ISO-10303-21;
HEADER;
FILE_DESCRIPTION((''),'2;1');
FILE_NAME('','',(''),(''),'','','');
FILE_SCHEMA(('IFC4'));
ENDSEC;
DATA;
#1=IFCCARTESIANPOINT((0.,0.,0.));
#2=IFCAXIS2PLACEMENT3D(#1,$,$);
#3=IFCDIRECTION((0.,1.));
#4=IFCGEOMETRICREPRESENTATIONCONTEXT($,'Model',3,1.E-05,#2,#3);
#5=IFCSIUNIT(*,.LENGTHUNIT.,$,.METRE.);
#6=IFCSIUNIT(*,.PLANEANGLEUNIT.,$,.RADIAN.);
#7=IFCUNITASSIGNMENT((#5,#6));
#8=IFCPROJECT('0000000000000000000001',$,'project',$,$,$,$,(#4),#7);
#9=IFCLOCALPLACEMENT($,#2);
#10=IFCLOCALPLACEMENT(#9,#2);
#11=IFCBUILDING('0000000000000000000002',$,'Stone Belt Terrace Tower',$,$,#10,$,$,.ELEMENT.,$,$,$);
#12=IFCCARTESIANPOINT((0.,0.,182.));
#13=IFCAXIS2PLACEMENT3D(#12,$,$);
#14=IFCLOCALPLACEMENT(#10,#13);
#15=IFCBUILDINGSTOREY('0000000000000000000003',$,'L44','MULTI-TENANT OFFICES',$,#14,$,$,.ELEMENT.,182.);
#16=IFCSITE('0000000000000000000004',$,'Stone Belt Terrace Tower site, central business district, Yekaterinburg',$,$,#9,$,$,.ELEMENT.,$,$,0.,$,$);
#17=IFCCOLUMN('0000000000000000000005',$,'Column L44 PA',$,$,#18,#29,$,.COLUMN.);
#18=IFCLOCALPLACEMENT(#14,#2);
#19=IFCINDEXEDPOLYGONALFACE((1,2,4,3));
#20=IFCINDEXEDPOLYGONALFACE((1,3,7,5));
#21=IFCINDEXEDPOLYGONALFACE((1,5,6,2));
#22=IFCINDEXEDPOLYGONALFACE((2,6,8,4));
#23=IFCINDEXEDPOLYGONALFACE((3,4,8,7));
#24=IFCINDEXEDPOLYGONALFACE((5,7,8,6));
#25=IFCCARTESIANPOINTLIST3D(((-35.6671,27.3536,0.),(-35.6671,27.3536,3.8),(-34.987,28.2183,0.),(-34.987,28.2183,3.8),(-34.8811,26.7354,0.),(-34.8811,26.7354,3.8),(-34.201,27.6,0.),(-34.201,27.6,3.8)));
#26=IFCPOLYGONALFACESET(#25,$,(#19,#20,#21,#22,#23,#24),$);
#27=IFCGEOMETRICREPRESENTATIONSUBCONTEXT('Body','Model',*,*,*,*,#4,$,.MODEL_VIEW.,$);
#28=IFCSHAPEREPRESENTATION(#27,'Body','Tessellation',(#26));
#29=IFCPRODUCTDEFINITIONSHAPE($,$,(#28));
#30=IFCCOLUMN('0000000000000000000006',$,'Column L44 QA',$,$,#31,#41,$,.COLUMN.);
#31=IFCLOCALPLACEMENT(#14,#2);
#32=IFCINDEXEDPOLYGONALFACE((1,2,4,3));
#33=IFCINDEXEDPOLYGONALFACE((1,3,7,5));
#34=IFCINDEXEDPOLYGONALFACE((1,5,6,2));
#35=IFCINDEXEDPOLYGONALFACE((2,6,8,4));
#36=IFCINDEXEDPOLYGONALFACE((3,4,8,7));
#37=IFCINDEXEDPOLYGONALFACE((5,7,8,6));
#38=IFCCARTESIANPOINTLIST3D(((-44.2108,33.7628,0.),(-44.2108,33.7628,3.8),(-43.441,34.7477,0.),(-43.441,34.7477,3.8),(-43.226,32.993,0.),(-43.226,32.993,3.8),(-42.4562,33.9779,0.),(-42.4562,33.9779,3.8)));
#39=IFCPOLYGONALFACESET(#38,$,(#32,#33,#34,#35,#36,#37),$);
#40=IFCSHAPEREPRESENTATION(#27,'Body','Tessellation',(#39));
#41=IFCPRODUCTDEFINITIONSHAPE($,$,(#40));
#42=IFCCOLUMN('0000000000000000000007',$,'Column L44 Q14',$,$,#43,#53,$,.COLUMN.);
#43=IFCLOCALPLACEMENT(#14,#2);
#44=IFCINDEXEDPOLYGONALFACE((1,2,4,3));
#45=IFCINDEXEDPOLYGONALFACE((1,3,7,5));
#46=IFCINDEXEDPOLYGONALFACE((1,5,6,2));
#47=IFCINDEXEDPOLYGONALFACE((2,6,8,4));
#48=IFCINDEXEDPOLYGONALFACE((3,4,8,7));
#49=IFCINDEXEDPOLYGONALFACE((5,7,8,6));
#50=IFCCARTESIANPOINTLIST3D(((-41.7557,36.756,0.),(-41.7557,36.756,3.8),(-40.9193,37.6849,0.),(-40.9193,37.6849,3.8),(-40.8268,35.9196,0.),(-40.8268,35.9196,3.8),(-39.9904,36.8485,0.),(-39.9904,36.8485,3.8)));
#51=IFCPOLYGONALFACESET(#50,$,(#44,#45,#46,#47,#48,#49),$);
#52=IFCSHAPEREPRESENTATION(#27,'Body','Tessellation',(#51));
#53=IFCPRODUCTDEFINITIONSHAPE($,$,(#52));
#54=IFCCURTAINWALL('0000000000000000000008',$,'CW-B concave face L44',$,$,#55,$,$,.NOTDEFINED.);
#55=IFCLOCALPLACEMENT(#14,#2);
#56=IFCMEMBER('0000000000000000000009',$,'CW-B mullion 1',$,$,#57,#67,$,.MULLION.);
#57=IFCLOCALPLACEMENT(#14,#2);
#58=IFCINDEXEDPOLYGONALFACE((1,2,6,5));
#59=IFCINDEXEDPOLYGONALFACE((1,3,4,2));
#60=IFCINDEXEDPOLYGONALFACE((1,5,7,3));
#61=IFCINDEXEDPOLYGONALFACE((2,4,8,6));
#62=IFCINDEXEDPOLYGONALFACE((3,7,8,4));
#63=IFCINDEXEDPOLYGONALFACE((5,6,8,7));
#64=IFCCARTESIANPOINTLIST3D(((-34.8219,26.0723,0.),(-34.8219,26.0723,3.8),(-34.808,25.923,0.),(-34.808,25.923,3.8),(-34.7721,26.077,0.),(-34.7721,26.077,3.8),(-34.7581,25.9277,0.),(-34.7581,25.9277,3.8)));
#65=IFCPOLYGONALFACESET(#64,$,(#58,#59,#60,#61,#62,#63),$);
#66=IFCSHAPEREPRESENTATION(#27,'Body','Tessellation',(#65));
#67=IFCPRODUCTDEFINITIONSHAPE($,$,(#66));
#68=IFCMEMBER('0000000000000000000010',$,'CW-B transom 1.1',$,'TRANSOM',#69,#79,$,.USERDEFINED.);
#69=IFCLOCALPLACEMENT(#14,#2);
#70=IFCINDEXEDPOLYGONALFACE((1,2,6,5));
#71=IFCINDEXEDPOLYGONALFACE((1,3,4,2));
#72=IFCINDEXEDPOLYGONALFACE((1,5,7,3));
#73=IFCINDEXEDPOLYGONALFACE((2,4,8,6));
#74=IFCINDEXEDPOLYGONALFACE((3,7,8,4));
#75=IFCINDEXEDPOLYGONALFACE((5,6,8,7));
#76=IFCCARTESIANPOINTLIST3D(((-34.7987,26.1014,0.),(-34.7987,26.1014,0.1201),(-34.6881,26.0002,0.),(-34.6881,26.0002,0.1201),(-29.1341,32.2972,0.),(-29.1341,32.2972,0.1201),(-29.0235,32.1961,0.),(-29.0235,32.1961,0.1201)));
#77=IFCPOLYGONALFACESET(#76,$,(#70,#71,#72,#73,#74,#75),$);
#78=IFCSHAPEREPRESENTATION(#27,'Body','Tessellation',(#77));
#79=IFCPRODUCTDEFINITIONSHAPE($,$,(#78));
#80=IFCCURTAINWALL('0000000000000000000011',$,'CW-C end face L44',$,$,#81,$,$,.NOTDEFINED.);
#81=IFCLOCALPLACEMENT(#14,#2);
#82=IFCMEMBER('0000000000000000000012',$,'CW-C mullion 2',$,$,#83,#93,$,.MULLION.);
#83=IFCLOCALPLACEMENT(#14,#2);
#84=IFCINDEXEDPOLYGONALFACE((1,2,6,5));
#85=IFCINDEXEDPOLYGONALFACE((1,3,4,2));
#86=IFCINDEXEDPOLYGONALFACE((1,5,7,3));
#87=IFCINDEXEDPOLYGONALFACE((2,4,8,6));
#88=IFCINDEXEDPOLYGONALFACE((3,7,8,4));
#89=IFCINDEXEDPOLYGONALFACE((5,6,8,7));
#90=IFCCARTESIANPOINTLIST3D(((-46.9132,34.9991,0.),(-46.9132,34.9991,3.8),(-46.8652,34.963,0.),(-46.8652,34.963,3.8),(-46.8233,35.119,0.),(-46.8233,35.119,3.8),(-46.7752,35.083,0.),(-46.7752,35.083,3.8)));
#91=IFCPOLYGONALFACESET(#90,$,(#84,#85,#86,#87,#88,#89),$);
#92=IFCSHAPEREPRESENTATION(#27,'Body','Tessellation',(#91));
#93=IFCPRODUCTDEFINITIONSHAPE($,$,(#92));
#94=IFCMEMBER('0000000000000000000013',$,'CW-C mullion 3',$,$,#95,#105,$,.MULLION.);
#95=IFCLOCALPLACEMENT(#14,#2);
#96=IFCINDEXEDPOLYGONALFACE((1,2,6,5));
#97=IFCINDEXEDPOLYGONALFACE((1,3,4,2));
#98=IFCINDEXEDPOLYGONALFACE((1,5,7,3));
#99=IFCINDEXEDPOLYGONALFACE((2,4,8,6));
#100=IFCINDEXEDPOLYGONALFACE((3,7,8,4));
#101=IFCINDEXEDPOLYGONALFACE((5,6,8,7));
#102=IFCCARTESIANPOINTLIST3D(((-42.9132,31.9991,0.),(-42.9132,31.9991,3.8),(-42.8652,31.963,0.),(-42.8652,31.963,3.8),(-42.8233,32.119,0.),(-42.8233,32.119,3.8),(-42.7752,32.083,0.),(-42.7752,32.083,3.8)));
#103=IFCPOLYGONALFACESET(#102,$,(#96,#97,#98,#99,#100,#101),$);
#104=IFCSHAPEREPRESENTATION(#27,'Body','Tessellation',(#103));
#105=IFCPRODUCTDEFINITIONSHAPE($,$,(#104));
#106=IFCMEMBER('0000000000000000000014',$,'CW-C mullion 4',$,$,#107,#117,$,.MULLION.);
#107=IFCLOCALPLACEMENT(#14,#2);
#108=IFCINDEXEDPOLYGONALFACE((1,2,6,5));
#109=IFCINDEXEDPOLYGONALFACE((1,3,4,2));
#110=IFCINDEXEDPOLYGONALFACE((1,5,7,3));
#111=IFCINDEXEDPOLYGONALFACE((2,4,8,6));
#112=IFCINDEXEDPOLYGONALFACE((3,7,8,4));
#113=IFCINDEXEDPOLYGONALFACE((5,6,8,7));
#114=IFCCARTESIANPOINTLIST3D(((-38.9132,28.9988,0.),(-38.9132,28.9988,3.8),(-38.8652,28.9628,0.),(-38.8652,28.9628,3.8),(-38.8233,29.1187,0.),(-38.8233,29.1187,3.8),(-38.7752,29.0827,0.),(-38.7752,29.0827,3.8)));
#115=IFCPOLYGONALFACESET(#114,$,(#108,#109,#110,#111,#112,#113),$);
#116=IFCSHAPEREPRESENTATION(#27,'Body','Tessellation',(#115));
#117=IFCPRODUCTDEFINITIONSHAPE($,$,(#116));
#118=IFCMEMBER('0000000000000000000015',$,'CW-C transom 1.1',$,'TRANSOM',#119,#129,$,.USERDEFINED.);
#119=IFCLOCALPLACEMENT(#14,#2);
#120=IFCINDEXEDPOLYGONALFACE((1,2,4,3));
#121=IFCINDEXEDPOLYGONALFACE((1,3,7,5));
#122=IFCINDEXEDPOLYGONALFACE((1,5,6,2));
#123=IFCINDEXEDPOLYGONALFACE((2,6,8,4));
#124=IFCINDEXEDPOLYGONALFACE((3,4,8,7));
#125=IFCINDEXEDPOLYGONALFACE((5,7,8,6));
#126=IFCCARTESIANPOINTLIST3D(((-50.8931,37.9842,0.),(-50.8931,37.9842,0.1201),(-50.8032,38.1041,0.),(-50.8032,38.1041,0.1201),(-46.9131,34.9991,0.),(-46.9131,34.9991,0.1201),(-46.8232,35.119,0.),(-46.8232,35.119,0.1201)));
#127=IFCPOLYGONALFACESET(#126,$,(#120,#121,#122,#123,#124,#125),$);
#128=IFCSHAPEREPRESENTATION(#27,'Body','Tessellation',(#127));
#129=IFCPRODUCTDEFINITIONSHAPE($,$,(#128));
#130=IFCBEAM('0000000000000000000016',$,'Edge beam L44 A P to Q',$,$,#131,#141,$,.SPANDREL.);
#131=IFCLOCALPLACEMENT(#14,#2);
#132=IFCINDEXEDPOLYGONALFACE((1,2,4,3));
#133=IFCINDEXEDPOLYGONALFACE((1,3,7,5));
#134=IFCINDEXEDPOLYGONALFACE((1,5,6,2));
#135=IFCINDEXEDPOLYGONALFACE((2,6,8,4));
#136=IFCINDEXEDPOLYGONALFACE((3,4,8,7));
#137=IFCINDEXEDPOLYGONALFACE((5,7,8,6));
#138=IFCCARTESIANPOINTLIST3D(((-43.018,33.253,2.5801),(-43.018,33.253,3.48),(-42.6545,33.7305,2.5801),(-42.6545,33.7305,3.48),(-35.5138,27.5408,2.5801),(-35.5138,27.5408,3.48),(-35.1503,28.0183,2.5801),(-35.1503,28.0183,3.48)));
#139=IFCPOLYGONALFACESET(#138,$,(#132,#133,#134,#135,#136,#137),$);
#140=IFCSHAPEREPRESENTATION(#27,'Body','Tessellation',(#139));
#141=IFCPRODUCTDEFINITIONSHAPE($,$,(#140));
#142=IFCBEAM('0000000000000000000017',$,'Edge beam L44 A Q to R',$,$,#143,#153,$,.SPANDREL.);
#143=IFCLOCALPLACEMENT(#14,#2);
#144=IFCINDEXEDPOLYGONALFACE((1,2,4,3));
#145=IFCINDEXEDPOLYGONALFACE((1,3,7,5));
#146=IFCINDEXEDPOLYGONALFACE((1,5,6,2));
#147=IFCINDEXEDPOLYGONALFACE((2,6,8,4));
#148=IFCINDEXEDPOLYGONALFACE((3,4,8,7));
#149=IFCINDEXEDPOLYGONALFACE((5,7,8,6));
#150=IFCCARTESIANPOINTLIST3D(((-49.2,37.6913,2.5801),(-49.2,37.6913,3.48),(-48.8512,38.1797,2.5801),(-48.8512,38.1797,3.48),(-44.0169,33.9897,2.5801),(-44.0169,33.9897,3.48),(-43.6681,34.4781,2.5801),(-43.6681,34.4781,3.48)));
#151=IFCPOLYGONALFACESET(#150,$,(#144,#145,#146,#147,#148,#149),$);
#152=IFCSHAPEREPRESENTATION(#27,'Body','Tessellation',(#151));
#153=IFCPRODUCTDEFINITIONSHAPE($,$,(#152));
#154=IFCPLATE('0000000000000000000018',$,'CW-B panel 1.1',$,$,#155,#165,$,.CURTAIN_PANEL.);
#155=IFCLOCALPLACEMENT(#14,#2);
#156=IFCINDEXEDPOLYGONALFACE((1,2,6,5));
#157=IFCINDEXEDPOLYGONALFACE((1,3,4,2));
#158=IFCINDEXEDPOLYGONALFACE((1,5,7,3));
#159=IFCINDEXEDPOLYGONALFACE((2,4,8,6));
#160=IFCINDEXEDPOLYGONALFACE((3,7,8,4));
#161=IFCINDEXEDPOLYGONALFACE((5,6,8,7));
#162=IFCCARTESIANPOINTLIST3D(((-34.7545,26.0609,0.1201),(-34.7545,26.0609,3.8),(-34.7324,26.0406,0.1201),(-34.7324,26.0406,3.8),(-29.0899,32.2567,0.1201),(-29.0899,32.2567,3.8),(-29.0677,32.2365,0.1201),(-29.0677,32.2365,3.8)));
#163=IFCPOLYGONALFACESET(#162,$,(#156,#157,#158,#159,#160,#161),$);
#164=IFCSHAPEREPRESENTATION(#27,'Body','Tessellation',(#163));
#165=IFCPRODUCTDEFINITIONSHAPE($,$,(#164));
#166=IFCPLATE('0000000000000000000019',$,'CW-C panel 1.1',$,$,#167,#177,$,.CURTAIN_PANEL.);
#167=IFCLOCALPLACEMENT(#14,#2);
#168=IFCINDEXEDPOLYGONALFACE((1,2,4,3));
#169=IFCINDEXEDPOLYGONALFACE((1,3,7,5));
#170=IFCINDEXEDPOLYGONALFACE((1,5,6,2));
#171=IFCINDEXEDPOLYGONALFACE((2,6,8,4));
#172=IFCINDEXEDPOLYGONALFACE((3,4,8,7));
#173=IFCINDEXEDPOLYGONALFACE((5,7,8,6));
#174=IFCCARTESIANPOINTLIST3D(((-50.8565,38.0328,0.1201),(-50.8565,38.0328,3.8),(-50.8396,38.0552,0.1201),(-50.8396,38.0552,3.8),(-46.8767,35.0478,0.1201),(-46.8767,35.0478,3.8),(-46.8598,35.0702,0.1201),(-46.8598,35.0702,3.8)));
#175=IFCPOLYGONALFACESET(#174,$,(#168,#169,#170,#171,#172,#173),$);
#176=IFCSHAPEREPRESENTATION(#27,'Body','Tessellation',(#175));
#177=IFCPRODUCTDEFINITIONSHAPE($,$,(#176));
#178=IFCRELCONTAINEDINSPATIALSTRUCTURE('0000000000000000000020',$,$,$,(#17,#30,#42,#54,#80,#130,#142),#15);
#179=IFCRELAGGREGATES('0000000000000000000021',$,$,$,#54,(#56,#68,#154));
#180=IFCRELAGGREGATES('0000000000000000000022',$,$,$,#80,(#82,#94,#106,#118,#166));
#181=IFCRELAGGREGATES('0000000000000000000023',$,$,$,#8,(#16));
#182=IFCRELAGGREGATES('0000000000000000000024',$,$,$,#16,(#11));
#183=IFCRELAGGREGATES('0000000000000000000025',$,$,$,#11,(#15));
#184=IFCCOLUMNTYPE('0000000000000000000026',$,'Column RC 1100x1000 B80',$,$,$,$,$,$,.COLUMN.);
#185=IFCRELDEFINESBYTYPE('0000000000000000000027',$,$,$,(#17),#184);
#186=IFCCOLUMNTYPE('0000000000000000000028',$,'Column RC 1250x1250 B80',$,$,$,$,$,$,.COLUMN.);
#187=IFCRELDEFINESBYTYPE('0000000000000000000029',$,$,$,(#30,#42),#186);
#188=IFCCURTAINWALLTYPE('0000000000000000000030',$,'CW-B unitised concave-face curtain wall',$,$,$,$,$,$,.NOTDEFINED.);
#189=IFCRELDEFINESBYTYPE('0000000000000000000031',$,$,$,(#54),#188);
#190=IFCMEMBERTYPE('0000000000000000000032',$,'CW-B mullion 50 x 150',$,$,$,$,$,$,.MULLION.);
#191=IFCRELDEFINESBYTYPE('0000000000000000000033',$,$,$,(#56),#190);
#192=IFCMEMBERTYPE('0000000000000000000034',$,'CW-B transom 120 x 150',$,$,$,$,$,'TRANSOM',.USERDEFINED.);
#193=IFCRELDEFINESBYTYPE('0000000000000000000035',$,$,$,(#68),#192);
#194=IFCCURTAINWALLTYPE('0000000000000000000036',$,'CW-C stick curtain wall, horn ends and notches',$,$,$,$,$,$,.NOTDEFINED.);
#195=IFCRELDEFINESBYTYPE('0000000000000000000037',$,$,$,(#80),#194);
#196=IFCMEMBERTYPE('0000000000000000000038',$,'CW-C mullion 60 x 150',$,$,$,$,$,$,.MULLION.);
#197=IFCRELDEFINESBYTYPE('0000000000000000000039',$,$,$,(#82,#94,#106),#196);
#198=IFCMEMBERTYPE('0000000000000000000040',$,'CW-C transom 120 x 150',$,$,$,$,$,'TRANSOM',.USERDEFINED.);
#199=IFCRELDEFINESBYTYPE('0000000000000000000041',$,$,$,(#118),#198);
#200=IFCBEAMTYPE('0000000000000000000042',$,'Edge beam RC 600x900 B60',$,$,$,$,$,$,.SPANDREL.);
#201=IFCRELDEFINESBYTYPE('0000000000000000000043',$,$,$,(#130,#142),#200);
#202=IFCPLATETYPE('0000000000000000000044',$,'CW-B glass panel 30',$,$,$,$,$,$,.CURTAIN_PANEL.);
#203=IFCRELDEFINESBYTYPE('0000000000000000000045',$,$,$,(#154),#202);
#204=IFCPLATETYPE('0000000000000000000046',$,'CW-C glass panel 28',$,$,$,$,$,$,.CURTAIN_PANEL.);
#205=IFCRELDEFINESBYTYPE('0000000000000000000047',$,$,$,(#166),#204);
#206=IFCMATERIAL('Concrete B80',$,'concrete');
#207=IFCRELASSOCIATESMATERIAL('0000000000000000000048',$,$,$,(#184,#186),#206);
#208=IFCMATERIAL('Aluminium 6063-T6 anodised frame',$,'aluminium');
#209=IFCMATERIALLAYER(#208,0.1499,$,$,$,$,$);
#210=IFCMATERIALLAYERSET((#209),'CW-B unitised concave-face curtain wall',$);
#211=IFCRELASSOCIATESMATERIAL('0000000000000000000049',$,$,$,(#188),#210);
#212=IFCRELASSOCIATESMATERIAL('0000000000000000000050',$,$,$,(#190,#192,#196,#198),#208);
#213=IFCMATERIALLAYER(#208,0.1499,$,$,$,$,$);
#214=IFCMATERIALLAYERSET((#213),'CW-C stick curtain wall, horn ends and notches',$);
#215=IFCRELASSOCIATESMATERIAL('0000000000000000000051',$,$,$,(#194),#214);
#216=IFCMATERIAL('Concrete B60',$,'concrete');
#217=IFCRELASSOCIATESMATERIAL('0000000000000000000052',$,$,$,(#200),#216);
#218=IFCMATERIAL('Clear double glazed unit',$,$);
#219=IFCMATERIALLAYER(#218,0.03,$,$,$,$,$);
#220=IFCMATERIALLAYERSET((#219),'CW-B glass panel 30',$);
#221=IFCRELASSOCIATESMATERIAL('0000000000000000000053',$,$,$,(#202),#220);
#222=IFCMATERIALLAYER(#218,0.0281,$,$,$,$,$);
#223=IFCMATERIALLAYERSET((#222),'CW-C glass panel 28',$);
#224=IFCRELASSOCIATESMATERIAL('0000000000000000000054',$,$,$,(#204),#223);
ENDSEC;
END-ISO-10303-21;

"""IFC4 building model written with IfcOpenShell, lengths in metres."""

from ifc_helpers import new_model, si_unit, direction, frame, origin, origin_2d, place, context, subcontext, project, spatial, rectangle, extrude, material, layer, layer_set, material_profile, profile_set, type_object, element, aggregate, save


model = new_model("IFC4")

# Units and contexts
model_context = context("Model", 3, precision=1e-05, world=origin(), true_north=direction((0.0, 1.0)))
body_context = subcontext(model_context, "Body", "Model", "MODEL_VIEW")
ifc_project = project(units=[si_unit("LENGTHUNIT", "METRE"), si_unit("PLANEANGLEUNIT", "RADIAN")], contexts=[model_context])

# Site, building, storey
site_placement = place(None, origin())
site = spatial("IfcSite", under=ifc_project, at=site_placement, Name="Stone Belt Terrace Tower site, central business district, Yekaterinburg", CompositionType="ELEMENT", RefElevation=0.0)
building_placement = place(site_placement, origin())
building = spatial("IfcBuilding", under=site, at=building_placement, Name="Stone Belt Terrace Tower", CompositionType="ELEMENT")
storey_placement = place(building_placement, frame((0.0, 0.0, 182.0)))
storey = spatial("IfcBuildingStorey", under=building, at=storey_placement, Name="L44", Description="MULTI-TENANT OFFICES", CompositionType="ELEMENT", Elevation=182.0)

# Columns
ifc_material_1 = material(Name="Concrete B80", Category="concrete")
ifc_material_profile_1 = material_profile(ifc_material_1, rectangle(XDim=1.1001, YDim=1.0, at=origin_2d()), Name="RC 1100x1000")
ifc_profile_set_1 = profile_set([ifc_material_profile_1], Name="Concrete B80")
column_type_1 = type_object("IfcColumnType", Name="Column RC 1100x1000 B80", PredefinedType="COLUMN", material=ifc_profile_set_1)
column_placement = place(storey_placement, frame((-34.9341, 27.4768, 0.0), z_axis=(0.0, 0.0, 1.0), x_axis=(0.618218, 0.786007, 0.0)))
element("IfcColumn", 1, at=column_placement, inside=storey, type_object=column_type_1, Name="Column L44 PA", PredefinedType="COLUMN", context=body_context, shape_type="SweptSolid", body=[
    extrude(rectangle(XDim=1.1001, YDim=1.0, at=origin_2d()), origin(), (0.0, 0.0, 1.0), 3.8),
])
ifc_material_profile_2 = material_profile(ifc_material_1, rectangle(XDim=1.25, YDim=1.25, at=origin_2d()), Name="RC 1250x1250")
ifc_profile_set_2 = profile_set([ifc_material_profile_2], Name="Concrete B80")
column_type_2 = type_object("IfcColumnType", Name="Column RC 1250x1250 B80", PredefinedType="COLUMN", material=ifc_profile_set_2)
for number, where, z_axis, x_axis, name in (
    (2, (-43.3335, 33.8704, 0.0), (0.0, 0.0, 1.0), (0.615825, 0.787883, 0.0), "Column L44 QA"),
    (3, (-40.873, 36.8022, 0.0), (0.0, 0.0, 1.0), (0.669131, 0.743145, 0.0), "Column L44 Q14"),
):
    element("IfcColumn", number, at=place(storey_placement, frame(where, z_axis=z_axis, x_axis=x_axis)), inside=storey, type_object=column_type_2, Name=name, PredefinedType="COLUMN", context=body_context, shape_type="SweptSolid", body=[
        extrude(rectangle(XDim=1.25, YDim=1.25, at=origin_2d()), origin(), (0.0, 0.0, 1.0), 3.8),
    ])

# Curtain walls, members
ifc_material_2 = material(Name="Aluminium 6063-T6 anodised frame", Category="aluminium")
ifc_layer_1 = layer(ifc_material_2, 0.1499)
ifc_layer_set_1 = layer_set([ifc_layer_1], Name="CW-B unitised concave-face curtain wall")
curtain_wall_type_1 = type_object("IfcCurtainWallType", Name="CW-B unitised concave-face curtain wall", PredefinedType="NOTDEFINED", material=ifc_layer_set_1)
curtain_wall_1_placement = place(storey_placement, origin())
curtain_wall_1 = element("IfcCurtainWall", 4, at=curtain_wall_1_placement, inside=storey, type_object=curtain_wall_type_1, Name="CW-B concave face L44", PredefinedType="NOTDEFINED")
ifc_material_profile_3 = material_profile(ifc_material_2, rectangle(XDim=0.1499, YDim=0.05, at=origin_2d()), Name="Aluminium 6063-T6 50x150")
ifc_profile_set_3 = profile_set([ifc_material_profile_3], Name="Aluminium 6063-T6 anodised frame")
member_type_1 = type_object("IfcMemberType", Name="CW-B mullion 50 x 150", PredefinedType="MULLION", material=ifc_profile_set_3)
member_1_placement = place(storey_placement, frame((-34.79, 26.0, 0.0), z_axis=(0.0, 0.0, 1.0), x_axis=(-0.093181, 0.995649, 0.0)))
member_1 = element("IfcMember", 5, at=member_1_placement, type_object=member_type_1, Name="CW-B mullion 1", PredefinedType="MULLION", context=body_context, shape_type="SweptSolid", body=[
    extrude(rectangle(XDim=0.1499, YDim=0.05, at=origin_2d()), origin(), (0.0, 0.0, 1.0), 3.8),
])
ifc_material_profile_4 = material_profile(ifc_material_2, rectangle(XDim=0.1499, YDim=0.1201, at=origin_2d()), Name="Aluminium 6063-T6 150x120")
ifc_profile_set_4 = profile_set([ifc_material_profile_4], Name="Aluminium 6063-T6 anodised frame")
member_type_2 = type_object("IfcMemberType", Name="CW-B transom 120 x 150", ElementType="TRANSOM", PredefinedType="USERDEFINED", material=ifc_profile_set_4)
member_2_placement = place(storey_placement, frame((-34.7434, 26.0508, 0.0601), z_axis=(0.674757, 0.73804, 0.0), x_axis=(-0.73804, 0.674757, 0.0)))
member_2 = element("IfcMember", 6, at=member_2_placement, type_object=member_type_2, Name="CW-B transom 1.1", ObjectType="TRANSOM", PredefinedType="USERDEFINED", context=body_context, shape_type="SweptSolid", body=[
    extrude(rectangle(XDim=0.1499, YDim=0.1201, at=origin_2d()), origin(), (0.0, 0.0, 1.0), 8.395),
])
ifc_layer_2 = layer(ifc_material_2, 0.1499)
ifc_layer_set_2 = layer_set([ifc_layer_2], Name="CW-C stick curtain wall, horn ends and notches")
curtain_wall_type_2 = type_object("IfcCurtainWallType", Name="CW-C stick curtain wall, horn ends and notches", PredefinedType="NOTDEFINED", material=ifc_layer_set_2)
curtain_wall_2_placement = place(storey_placement, origin())
curtain_wall_2 = element("IfcCurtainWall", 7, at=curtain_wall_2_placement, inside=storey, type_object=curtain_wall_type_2, Name="CW-C end face L44", PredefinedType="NOTDEFINED")
ifc_material_profile_5 = material_profile(ifc_material_2, rectangle(XDim=0.1499, YDim=0.0601, at=origin_2d()), Name="Aluminium 6063-T6 60x150")
ifc_profile_set_5 = profile_set([ifc_material_profile_5], Name="Aluminium 6063-T6 anodised frame")
member_type_3 = type_object("IfcMemberType", Name="CW-C mullion 60 x 150", PredefinedType="MULLION", material=ifc_profile_set_5)
member_3_placement = place(storey_placement, frame((-46.8442, 35.041, 0.0), z_axis=(0.0, 0.0, 1.0), x_axis=(0.600018, 0.799987, 0.0)))
member_3 = element("IfcMember", 8, at=member_3_placement, type_object=member_type_3, Name="CW-C mullion 2", PredefinedType="MULLION", context=body_context, shape_type="SweptSolid", body=[
    extrude(rectangle(XDim=0.1499, YDim=0.0601, at=origin_2d()), origin(), (0.0, 0.0, 1.0), 3.8),
])
member_4_placement = place(storey_placement, frame((-42.8442, 32.041, 0.0), z_axis=(0.0, 0.0, 1.0), x_axis=(0.600018, 0.799987, 0.0)))
member_4 = element("IfcMember", 9, at=member_4_placement, type_object=member_type_3, Name="CW-C mullion 3", PredefinedType="MULLION", context=body_context, shape_type="SweptSolid", body=[
    extrude(rectangle(XDim=0.1499, YDim=0.0601, at=origin_2d()), origin(), (0.0, 0.0, 1.0), 3.8),
])
member_5_placement = place(storey_placement, frame((-38.8442, 29.0408, 0.0), z_axis=(0.0, 0.0, 1.0), x_axis=(0.600018, 0.799987, 0.0)))
member_5 = element("IfcMember", 10, at=member_5_placement, type_object=member_type_3, Name="CW-C mullion 4", PredefinedType="MULLION", context=body_context, shape_type="SweptSolid", body=[
    extrude(rectangle(XDim=0.1499, YDim=0.0601, at=origin_2d()), origin(), (0.0, 0.0, 1.0), 3.8),
])
ifc_material_profile_6 = material_profile(ifc_material_2, rectangle(XDim=0.1499, YDim=0.1201, at=origin_2d()), Name="Aluminium 6063-T6 150x120")
ifc_profile_set_6 = profile_set([ifc_material_profile_6], Name="Aluminium 6063-T6 anodised frame")
member_type_4 = type_object("IfcMemberType", Name="CW-C transom 120 x 150", ElementType="TRANSOM", PredefinedType="USERDEFINED", material=ifc_profile_set_6)
member_6_placement = place(storey_placement, frame((-50.8481, 38.0442, 0.0601), z_axis=(0.799988, -0.600016, 0.0), x_axis=(0.600016, 0.799988, 0.0)))
member_6 = element("IfcMember", 11, at=member_6_placement, type_object=member_type_4, Name="CW-C transom 1.1", ObjectType="TRANSOM", PredefinedType="USERDEFINED", context=body_context, shape_type="SweptSolid", body=[
    extrude(rectangle(XDim=0.1499, YDim=0.1201, at=origin_2d()), origin(), (0.0, 0.0, 1.0), 4.9751),
])

# Beams
ifc_material_3 = material(Name="Concrete B60", Category="concrete")
ifc_material_profile_7 = material_profile(ifc_material_3, rectangle(XDim=0.6001, YDim=0.8999, at=origin_2d()), Name="RC 600x900")
ifc_profile_set_7 = profile_set([ifc_material_profile_7], Name="Concrete B60")
beam_type = type_object("IfcBeamType", Name="Edge beam RC 600x900 B60", PredefinedType="SPANDREL", material=ifc_profile_set_7)
beam_1_placement = place(storey_placement, frame((-35.332, 27.7795, 3.03), z_axis=(-0.795702, 0.605688, 0.0), x_axis=(-0.605688, -0.795702, 0.0)))
element("IfcBeam", 12, at=beam_1_placement, inside=storey, type_object=beam_type, Name="Edge beam L44 A P to Q", PredefinedType="SPANDREL", context=body_context, shape_type="SweptSolid", body=[
    extrude(rectangle(XDim=0.6001, YDim=0.8999, at=origin_2d()), origin(), (0.0, 0.0, 1.0), 9.4309),
])
beam_2_placement = place(storey_placement, frame((-43.8425, 34.2339, 3.03), z_axis=(-0.813775, 0.58118, 0.0), x_axis=(-0.58118, -0.813775, 0.0)))
element("IfcBeam", 13, at=beam_2_placement, inside=storey, type_object=beam_type, Name="Edge beam L44 A Q to R", PredefinedType="SPANDREL", context=body_context, shape_type="SweptSolid", body=[
    extrude(rectangle(XDim=0.6001, YDim=0.8999, at=origin_2d()), origin(), (0.0, 0.0, 1.0), 6.3691),
])

# Plates
ifc_material_4 = material(Name="Clear double glazed unit")
ifc_layer_3 = layer(ifc_material_4, 0.03)
ifc_layer_set_3 = layer_set([ifc_layer_3], Name="CW-B glass panel 30")
plate_type_1 = type_object("IfcPlateType", Name="CW-B glass panel 30", PredefinedType="CURTAIN_PANEL", material=ifc_layer_set_3)
plate_1_placement = place(storey_placement, frame((-31.9111, 29.1487, 0.1201), z_axis=(0.0, 0.0, 1.0), x_axis=(0.674761, 0.738036, 0.0)))
plate_1 = element("IfcPlate", 14, at=plate_1_placement, type_object=plate_type_1, Name="CW-B panel 1.1", PredefinedType="CURTAIN_PANEL", context=body_context, shape_type="SweptSolid", body=[
    extrude(rectangle(XDim=8.395, YDim=0.03, at=origin_2d()), origin(), (0.0, 0.0, 1.0), 3.6799),
])
aggregate(curtain_wall_1, [member_1, member_2, plate_1])
ifc_layer_4 = layer(ifc_material_4, 0.0281)
ifc_layer_set_4 = layer_set([ifc_layer_4], Name="CW-C glass panel 28")
plate_type_2 = type_object("IfcPlateType", Name="CW-C glass panel 28", PredefinedType="CURTAIN_PANEL", material=ifc_layer_set_4)
plate_2_placement = place(storey_placement, frame((-48.8582, 36.5515, 0.1201), z_axis=(0.0, 0.0, 1.0), x_axis=(0.799987, -0.600018, 0.0)))
plate_2 = element("IfcPlate", 15, at=plate_2_placement, type_object=plate_type_2, Name="CW-C panel 1.1", PredefinedType="CURTAIN_PANEL", context=body_context, shape_type="SweptSolid", body=[
    extrude(rectangle(XDim=4.9749, YDim=0.0281, at=origin_2d()), origin(), (0.0, 0.0, 1.0), 3.6799),
])
aggregate(curtain_wall_2, [member_3, member_4, member_5, member_6, plate_2])

save(model, "model.ifc")
